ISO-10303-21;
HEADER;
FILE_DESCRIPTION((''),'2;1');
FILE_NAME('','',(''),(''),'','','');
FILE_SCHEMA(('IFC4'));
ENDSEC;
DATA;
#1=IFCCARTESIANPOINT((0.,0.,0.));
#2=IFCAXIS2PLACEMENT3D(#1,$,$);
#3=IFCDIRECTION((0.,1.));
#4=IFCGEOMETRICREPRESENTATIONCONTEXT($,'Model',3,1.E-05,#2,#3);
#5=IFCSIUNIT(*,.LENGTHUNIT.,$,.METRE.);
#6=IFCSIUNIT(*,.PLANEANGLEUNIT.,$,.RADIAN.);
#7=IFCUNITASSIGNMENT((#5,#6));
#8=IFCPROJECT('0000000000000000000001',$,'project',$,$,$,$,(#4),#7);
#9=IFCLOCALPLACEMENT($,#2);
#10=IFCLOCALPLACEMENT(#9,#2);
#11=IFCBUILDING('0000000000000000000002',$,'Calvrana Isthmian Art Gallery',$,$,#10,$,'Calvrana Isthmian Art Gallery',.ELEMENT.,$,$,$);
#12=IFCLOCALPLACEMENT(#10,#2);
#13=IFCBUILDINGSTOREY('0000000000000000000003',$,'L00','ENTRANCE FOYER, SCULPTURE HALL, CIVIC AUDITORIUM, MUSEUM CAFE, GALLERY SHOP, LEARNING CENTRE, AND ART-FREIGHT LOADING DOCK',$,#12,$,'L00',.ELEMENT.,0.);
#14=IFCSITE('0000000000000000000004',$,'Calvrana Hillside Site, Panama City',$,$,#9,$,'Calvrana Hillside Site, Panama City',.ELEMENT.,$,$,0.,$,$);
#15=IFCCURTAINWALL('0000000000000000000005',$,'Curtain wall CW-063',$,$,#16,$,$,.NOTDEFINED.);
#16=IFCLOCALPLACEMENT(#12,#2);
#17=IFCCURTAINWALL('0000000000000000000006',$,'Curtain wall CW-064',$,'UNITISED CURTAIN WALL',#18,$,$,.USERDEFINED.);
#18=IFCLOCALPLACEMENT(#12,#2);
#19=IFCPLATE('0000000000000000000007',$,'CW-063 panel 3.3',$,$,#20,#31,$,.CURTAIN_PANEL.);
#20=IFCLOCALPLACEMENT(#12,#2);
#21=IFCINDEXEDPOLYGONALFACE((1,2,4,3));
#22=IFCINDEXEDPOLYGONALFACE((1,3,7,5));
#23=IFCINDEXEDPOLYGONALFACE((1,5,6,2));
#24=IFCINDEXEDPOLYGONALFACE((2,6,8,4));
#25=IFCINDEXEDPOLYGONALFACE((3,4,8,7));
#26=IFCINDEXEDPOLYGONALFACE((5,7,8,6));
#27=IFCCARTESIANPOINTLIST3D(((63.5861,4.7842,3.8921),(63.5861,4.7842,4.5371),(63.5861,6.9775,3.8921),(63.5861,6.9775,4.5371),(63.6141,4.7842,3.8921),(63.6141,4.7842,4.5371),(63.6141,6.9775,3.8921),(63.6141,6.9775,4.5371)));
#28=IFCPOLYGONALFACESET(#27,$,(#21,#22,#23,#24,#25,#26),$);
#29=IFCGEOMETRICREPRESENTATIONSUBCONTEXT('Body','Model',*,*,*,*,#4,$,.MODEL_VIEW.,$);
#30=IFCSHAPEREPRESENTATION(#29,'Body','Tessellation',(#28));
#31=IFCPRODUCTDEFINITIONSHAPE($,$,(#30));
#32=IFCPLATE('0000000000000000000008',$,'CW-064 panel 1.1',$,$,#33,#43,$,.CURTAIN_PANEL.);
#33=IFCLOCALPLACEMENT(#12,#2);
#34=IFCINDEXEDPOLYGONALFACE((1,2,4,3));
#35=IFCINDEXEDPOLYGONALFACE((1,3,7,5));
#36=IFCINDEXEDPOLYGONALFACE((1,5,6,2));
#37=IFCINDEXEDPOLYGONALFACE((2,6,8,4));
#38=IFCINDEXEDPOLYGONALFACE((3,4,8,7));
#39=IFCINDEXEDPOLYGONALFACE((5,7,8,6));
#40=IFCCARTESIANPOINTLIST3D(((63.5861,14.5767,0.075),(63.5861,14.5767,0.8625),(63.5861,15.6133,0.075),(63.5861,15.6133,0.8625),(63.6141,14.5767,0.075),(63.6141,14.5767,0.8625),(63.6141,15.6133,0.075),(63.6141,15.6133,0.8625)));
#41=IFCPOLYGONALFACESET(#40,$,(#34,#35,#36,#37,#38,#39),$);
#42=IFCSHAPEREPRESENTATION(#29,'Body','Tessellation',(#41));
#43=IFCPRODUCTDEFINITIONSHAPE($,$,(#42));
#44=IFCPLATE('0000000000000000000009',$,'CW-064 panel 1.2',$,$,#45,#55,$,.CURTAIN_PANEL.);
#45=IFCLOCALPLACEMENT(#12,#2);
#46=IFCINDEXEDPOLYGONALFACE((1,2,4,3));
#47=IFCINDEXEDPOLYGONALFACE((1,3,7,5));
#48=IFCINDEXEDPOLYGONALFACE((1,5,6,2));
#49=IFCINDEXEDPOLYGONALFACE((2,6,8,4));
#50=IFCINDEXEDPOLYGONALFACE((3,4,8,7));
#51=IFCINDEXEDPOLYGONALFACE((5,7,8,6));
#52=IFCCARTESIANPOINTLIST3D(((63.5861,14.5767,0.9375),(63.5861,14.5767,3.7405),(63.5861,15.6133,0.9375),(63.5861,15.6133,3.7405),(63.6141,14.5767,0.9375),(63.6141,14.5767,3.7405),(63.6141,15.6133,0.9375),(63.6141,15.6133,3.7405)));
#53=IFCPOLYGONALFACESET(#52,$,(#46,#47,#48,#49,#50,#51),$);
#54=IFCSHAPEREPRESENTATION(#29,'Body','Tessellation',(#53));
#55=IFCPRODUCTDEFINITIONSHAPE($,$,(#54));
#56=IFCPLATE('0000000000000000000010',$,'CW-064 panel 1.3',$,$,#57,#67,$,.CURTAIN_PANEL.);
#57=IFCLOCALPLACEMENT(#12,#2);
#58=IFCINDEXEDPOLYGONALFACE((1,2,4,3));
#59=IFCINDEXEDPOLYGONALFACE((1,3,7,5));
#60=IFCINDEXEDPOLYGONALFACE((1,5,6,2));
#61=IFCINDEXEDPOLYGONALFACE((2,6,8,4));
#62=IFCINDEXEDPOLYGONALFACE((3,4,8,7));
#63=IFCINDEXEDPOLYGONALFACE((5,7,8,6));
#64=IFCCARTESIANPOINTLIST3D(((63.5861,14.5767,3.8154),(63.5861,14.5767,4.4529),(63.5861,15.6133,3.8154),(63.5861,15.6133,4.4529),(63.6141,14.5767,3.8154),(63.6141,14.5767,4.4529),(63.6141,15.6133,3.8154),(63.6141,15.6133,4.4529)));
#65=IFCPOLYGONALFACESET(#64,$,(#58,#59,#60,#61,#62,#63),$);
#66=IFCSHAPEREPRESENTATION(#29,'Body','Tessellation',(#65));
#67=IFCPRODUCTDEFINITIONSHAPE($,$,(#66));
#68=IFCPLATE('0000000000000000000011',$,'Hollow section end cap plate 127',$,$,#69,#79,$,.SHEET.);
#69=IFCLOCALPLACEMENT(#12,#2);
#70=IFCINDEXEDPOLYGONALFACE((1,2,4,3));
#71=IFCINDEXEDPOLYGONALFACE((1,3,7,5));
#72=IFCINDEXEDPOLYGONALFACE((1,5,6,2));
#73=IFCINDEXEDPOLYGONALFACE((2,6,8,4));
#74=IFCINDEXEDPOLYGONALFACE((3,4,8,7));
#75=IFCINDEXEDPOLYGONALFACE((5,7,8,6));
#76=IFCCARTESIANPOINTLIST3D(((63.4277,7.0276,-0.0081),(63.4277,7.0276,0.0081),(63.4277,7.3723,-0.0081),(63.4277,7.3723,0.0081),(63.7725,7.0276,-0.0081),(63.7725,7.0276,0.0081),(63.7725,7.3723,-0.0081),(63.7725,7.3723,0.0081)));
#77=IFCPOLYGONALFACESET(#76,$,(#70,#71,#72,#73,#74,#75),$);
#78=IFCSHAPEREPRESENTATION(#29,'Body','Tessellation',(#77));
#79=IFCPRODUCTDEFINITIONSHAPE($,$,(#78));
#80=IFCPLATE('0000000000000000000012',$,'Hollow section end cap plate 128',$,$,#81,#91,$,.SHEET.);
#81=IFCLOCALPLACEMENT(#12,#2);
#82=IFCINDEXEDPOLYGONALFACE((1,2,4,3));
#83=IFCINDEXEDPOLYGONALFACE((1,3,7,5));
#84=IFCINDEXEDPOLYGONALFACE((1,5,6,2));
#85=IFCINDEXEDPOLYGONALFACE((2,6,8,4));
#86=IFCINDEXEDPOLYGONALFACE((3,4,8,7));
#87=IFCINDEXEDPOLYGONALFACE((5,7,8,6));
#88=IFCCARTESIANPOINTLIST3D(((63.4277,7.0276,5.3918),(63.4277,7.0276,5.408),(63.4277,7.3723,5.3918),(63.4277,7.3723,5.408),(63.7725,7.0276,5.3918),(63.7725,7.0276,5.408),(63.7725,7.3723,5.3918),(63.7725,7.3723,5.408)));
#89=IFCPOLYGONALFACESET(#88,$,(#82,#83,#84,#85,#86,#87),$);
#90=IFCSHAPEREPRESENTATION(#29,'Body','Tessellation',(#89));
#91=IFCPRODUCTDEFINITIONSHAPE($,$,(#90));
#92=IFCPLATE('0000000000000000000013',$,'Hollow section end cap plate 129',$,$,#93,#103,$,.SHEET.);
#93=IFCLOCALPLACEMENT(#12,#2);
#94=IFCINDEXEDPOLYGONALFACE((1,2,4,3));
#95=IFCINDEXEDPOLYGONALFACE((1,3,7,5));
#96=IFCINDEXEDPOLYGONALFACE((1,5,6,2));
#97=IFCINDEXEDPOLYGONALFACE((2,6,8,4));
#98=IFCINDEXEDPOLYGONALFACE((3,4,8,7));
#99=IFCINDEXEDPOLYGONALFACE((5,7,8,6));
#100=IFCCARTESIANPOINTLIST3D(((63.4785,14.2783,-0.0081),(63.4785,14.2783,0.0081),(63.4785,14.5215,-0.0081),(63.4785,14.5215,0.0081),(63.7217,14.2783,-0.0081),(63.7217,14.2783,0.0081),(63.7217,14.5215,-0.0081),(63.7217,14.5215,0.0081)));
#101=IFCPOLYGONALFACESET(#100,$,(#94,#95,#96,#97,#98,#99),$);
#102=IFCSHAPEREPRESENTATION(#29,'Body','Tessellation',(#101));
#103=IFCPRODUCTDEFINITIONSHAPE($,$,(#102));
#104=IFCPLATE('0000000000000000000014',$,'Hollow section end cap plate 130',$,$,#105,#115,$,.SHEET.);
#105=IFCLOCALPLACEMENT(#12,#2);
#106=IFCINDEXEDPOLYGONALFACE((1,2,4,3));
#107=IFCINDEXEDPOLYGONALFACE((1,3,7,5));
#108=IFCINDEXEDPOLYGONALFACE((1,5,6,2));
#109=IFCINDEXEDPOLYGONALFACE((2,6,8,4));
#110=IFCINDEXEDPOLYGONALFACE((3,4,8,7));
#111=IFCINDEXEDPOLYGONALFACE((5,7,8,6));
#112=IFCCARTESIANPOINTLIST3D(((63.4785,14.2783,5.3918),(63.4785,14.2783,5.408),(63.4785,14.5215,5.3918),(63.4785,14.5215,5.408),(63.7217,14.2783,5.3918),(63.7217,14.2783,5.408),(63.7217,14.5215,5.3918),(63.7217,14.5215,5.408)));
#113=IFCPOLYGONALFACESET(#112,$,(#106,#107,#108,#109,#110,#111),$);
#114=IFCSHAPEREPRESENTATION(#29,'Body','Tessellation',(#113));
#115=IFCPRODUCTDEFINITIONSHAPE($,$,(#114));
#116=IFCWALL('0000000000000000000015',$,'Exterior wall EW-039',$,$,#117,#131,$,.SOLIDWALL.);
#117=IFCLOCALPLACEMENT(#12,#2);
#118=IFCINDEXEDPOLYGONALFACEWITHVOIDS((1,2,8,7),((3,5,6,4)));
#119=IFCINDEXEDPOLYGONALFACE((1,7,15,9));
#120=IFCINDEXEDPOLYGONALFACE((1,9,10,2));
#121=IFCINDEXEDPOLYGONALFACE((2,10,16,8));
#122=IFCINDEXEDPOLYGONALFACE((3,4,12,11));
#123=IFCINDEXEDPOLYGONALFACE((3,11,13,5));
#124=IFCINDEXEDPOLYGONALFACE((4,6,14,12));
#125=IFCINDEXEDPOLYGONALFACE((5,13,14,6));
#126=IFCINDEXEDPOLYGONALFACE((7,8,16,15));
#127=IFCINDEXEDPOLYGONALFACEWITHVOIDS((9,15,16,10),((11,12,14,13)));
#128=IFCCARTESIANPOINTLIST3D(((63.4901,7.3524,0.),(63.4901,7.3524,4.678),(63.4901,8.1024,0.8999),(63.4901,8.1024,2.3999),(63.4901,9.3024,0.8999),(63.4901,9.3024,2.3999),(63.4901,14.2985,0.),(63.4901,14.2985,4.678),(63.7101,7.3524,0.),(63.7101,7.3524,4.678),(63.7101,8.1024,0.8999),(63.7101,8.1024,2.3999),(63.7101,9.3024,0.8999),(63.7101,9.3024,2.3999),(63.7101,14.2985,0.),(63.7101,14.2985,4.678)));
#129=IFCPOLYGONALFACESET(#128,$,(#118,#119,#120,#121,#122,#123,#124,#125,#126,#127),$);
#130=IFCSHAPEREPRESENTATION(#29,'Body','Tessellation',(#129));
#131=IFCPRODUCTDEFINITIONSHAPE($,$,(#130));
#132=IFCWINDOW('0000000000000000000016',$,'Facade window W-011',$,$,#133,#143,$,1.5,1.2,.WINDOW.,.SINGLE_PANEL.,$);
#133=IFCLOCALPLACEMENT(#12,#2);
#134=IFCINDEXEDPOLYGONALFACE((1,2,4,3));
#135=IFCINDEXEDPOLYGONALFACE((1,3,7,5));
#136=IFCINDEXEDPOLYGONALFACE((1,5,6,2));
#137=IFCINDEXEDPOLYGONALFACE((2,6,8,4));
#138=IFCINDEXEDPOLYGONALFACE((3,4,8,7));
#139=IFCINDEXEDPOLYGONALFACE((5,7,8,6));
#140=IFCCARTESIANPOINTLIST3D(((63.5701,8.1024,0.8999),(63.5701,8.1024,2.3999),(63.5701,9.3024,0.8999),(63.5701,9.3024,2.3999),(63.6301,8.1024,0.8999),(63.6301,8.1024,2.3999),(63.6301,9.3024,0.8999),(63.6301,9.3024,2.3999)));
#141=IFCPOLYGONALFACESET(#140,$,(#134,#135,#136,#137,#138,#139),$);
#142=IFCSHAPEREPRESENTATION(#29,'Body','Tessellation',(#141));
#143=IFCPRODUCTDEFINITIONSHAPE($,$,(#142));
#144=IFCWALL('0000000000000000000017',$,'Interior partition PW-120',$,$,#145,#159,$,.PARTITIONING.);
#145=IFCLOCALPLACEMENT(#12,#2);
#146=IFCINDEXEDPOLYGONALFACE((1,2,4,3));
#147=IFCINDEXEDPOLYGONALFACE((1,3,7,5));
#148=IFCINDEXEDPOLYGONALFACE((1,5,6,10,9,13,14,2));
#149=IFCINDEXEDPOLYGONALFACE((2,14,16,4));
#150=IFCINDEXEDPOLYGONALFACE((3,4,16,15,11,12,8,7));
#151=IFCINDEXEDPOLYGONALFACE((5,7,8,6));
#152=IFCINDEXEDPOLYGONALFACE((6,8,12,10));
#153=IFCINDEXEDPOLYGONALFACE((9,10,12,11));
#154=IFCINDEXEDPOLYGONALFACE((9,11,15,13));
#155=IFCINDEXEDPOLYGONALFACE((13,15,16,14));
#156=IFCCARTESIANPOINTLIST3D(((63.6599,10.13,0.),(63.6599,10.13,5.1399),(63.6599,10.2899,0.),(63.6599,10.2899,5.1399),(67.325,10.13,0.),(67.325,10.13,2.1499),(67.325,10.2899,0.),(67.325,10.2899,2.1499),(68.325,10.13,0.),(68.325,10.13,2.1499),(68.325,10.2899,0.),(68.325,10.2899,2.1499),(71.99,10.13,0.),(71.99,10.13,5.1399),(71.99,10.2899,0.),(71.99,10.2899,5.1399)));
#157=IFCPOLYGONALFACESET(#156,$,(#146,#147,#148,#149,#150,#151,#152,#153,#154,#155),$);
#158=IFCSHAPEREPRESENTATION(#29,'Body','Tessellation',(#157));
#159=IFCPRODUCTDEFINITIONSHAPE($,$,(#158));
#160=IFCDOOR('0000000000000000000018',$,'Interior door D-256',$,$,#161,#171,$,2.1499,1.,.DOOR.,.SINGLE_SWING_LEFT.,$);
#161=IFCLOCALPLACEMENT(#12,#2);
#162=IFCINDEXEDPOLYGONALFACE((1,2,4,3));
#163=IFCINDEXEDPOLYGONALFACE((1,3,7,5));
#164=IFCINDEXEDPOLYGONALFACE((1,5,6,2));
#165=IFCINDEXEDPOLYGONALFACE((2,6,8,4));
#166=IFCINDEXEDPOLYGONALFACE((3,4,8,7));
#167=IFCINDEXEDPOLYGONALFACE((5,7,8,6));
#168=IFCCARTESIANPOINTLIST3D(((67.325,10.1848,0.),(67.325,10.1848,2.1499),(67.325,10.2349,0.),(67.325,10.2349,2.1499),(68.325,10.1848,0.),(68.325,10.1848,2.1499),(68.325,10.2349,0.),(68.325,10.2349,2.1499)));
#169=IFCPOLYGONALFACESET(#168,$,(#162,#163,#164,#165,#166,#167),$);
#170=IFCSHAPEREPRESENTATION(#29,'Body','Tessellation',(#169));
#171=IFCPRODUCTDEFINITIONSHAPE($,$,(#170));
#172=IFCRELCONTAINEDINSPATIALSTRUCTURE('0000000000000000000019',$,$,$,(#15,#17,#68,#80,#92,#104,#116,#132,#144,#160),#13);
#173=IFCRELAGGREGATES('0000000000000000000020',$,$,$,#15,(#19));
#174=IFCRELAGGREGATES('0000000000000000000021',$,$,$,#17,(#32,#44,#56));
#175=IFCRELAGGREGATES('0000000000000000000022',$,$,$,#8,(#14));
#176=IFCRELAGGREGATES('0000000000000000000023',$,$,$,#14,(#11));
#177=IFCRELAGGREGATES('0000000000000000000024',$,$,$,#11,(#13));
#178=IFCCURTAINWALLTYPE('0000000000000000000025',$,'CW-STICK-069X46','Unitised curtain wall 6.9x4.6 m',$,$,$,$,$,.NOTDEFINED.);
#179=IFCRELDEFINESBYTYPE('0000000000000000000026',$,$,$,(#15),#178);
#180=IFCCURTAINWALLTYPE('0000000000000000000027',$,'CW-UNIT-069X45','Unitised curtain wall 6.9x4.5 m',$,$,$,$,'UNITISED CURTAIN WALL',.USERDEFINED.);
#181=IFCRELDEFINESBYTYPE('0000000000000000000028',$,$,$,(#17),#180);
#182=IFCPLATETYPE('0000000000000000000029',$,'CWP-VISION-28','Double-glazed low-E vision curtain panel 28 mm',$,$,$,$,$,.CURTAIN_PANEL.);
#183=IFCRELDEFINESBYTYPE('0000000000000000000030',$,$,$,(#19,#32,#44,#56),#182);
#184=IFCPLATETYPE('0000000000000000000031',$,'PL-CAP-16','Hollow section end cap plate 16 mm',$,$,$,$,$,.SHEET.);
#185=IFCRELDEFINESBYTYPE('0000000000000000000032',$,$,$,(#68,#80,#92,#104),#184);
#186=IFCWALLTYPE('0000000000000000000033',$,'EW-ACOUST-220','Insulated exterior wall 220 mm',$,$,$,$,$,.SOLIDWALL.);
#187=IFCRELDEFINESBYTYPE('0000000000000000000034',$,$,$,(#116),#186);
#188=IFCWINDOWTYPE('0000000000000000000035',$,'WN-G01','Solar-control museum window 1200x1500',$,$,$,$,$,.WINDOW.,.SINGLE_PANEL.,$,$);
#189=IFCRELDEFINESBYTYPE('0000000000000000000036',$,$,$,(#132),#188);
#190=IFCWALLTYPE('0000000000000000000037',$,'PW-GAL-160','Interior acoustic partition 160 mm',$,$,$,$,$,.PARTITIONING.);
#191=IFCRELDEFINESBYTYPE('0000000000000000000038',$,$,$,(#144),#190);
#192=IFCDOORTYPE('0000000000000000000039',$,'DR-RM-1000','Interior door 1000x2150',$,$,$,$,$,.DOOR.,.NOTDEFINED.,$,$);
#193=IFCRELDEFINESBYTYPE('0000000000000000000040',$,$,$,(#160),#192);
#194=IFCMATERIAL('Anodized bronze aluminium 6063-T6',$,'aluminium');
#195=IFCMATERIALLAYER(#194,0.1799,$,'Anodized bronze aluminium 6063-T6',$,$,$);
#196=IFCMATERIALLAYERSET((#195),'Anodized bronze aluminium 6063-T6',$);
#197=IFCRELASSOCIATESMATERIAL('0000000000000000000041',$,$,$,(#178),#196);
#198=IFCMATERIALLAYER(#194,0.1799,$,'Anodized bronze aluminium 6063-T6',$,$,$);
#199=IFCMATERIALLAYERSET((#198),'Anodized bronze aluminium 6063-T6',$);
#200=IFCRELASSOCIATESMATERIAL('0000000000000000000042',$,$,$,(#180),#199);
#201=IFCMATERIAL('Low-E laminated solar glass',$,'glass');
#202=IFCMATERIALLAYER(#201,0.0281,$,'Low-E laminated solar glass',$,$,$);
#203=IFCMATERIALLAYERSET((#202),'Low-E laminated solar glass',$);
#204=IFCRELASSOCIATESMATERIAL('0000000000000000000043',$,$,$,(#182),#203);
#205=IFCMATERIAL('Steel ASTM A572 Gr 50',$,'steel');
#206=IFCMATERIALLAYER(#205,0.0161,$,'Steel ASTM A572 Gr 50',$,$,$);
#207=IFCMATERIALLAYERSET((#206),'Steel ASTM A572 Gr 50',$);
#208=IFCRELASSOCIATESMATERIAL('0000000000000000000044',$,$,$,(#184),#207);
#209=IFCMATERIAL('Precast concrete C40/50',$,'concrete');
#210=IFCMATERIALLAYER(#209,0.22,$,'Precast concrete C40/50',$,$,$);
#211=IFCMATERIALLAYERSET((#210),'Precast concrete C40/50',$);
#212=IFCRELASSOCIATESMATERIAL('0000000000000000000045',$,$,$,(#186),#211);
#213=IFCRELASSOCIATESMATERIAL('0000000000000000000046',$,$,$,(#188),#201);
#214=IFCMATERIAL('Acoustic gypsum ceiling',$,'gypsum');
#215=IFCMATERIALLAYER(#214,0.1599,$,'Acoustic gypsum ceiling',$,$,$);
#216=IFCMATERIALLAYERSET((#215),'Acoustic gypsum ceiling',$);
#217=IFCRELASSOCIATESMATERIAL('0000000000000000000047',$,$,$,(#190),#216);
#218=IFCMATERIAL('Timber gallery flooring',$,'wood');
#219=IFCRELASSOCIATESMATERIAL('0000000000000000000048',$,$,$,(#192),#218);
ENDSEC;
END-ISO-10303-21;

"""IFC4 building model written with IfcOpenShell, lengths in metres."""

from ifc_helpers import new_model, si_unit, direction, frame, frame_2d, origin, origin_2d, place, context, subcontext, project, spatial, rectangle, extrude, material, layer, layer_set, type_object, element, fill, aggregate, save


model = new_model("IFC4")

# Units and contexts
model_context = context("Model", 3, precision=1e-05, world=origin(), true_north=direction((0.0, 1.0)))
body_context = subcontext(model_context, "Body", "Model", "MODEL_VIEW")
ifc_project = project(units=[si_unit("LENGTHUNIT", "METRE"), si_unit("PLANEANGLEUNIT", "RADIAN")], contexts=[model_context])

# Site, building, storey
site_placement = place(None, origin())
site = spatial("IfcSite", under=ifc_project, at=site_placement, Name="Calvrana Hillside Site, Panama City", LongName="Calvrana Hillside Site, Panama City", CompositionType="ELEMENT", RefElevation=0.0)
building_placement = place(site_placement, origin())
building = spatial("IfcBuilding", under=site, at=building_placement, Name="Calvrana Isthmian Art Gallery", LongName="Calvrana Isthmian Art Gallery", CompositionType="ELEMENT")
storey_placement = place(building_placement, origin())
storey = spatial("IfcBuildingStorey", under=building, at=storey_placement, Name="L00", Description="ENTRANCE FOYER, SCULPTURE HALL, CIVIC AUDITORIUM, MUSEUM CAFE, GALLERY SHOP, LEARNING CENTRE, AND ART-FREIGHT LOADING DOCK", LongName="L00", CompositionType="ELEMENT", Elevation=0.0)

# Curtain walls
ifc_material_1 = material(Name="Anodized bronze aluminium 6063-T6", Category="aluminium")
ifc_layer_1 = layer(ifc_material_1, 0.1799, Name="Anodized bronze aluminium 6063-T6")
ifc_layer_set_1 = layer_set([ifc_layer_1], Name="Anodized bronze aluminium 6063-T6")
curtain_wall_type_1 = type_object("IfcCurtainWallType", Name="CW-STICK-069X46", Description="Unitised curtain wall 6.9x4.6 m", PredefinedType="NOTDEFINED", material=ifc_layer_set_1)
curtain_wall_1_placement = place(storey_placement, origin())
curtain_wall_1 = element("IfcCurtainWall", 1, at=curtain_wall_1_placement, inside=storey, type_object=curtain_wall_type_1, Name="Curtain wall CW-063", PredefinedType="NOTDEFINED")
ifc_layer_2 = layer(ifc_material_1, 0.1799, Name="Anodized bronze aluminium 6063-T6")
ifc_layer_set_2 = layer_set([ifc_layer_2], Name="Anodized bronze aluminium 6063-T6")
curtain_wall_type_2 = type_object("IfcCurtainWallType", Name="CW-UNIT-069X45", Description="Unitised curtain wall 6.9x4.5 m", ElementType="UNITISED CURTAIN WALL", PredefinedType="USERDEFINED", material=ifc_layer_set_2)
curtain_wall_2_placement = place(storey_placement, origin())
curtain_wall_2 = element("IfcCurtainWall", 2, at=curtain_wall_2_placement, inside=storey, type_object=curtain_wall_type_2, Name="Curtain wall CW-064", ObjectType="UNITISED CURTAIN WALL", PredefinedType="USERDEFINED")

# Plates
ifc_material_2 = material(Name="Low-E laminated solar glass", Category="glass")
ifc_layer_3 = layer(ifc_material_2, 0.0281, Name="Low-E laminated solar glass")
ifc_layer_set_3 = layer_set([ifc_layer_3], Name="Low-E laminated solar glass")
plate_type_1 = type_object("IfcPlateType", Name="CWP-VISION-28", Description="Double-glazed low-E vision curtain panel 28 mm", PredefinedType="CURTAIN_PANEL", material=ifc_layer_set_3)
plate_1_placement = place(storey_placement, frame((63.6001, 5.8809, 3.8921), z_axis=(0.0, 0.0, 1.0), x_axis=(0.0, 1.0, 0.0)))
plate_1 = element("IfcPlate", 3, at=plate_1_placement, type_object=plate_type_1, Name="CW-063 panel 3.3", PredefinedType="CURTAIN_PANEL", context=body_context, shape_type="SweptSolid", body=[
    extrude(rectangle(XDim=2.1934, YDim=0.0281, at=origin_2d()), origin(), (0.0, 0.0, 1.0), 0.645),
])
aggregate(curtain_wall_1, [plate_1])
plate_2_placement = place(storey_placement, frame((63.6001, 15.095, 0.075), z_axis=(0.0, 0.0, 1.0), x_axis=(0.0, 1.0, 0.0)))
plate_2 = element("IfcPlate", 4, at=plate_2_placement, type_object=plate_type_1, Name="CW-064 panel 1.1", PredefinedType="CURTAIN_PANEL", context=body_context, shape_type="SweptSolid", body=[
    extrude(rectangle(XDim=1.0366, YDim=0.0281, at=origin_2d()), origin(), (0.0, 0.0, 1.0), 0.7876),
])
plate_3_placement = place(storey_placement, frame((63.6001, 15.095, 0.9375), z_axis=(0.0, 0.0, 1.0), x_axis=(0.0, 1.0, 0.0)))
plate_3 = element("IfcPlate", 5, at=plate_3_placement, type_object=plate_type_1, Name="CW-064 panel 1.2", PredefinedType="CURTAIN_PANEL", context=body_context, shape_type="SweptSolid", body=[
    extrude(rectangle(XDim=1.0366, YDim=0.0281, at=origin_2d()), origin(), (0.0, 0.0, 1.0), 2.803),
])
plate_4_placement = place(storey_placement, frame((63.6001, 15.095, 3.8154), z_axis=(0.0, 0.0, 1.0), x_axis=(0.0, 1.0, 0.0)))
plate_4 = element("IfcPlate", 6, at=plate_4_placement, type_object=plate_type_1, Name="CW-064 panel 1.3", PredefinedType="CURTAIN_PANEL", context=body_context, shape_type="SweptSolid", body=[
    extrude(rectangle(XDim=1.0366, YDim=0.0281, at=origin_2d()), origin(), (0.0, 0.0, 1.0), 0.6375),
])
aggregate(curtain_wall_2, [plate_2, plate_3, plate_4])

# Plates
ifc_material_3 = material(Name="Steel ASTM A572 Gr 50", Category="steel")
ifc_layer_4 = layer(ifc_material_3, 0.0161, Name="Steel ASTM A572 Gr 50")
ifc_layer_set_4 = layer_set([ifc_layer_4], Name="Steel ASTM A572 Gr 50")
plate_type_2 = type_object("IfcPlateType", Name="PL-CAP-16", Description="Hollow section end cap plate 16 mm", PredefinedType="SHEET", material=ifc_layer_set_4)
for number, where, z_axis, x_axis, name in (
    (7, (63.6001, 7.2, -0.0081), (0.0, 0.0, 1.0), (1.0, 0.0, 0.0), "Hollow section end cap plate 127"),
    (8, (63.6001, 7.2, 5.3918), (0.0, 0.0, 1.0), (1.0, 0.0, 0.0), "Hollow section end cap plate 128"),
):
    element("IfcPlate", number, at=place(storey_placement, frame(where, z_axis=z_axis, x_axis=x_axis)), inside=storey, type_object=plate_type_2, Name=name, PredefinedType="SHEET", context=body_context, shape_type="SweptSolid", body=[
        extrude(rectangle(XDim=0.3447, YDim=0.3447, at=origin_2d()), origin(), (0.0, 0.0, 1.0), 0.0161),
    ])
for number, where, z_axis, x_axis, name in (
    (9, (63.6001, 14.3999, -0.0081), (0.0, 0.0, 1.0), (1.0, 0.0, 0.0), "Hollow section end cap plate 129"),
    (10, (63.6001, 14.3999, 5.3918), (0.0, 0.0, 1.0), (1.0, 0.0, 0.0), "Hollow section end cap plate 130"),
):
    element("IfcPlate", number, at=place(storey_placement, frame(where, z_axis=z_axis, x_axis=x_axis)), inside=storey, type_object=plate_type_2, Name=name, PredefinedType="SHEET", context=body_context, shape_type="SweptSolid", body=[
        extrude(rectangle(XDim=0.2432, YDim=0.2432, at=origin_2d()), origin(), (0.0, 0.0, 1.0), 0.0161),
    ])

# Wall, opening, window
ifc_material_4 = material(Name="Precast concrete C40/50", Category="concrete")
ifc_layer_5 = layer(ifc_material_4, 0.22, Name="Precast concrete C40/50")
ifc_layer_set_5 = layer_set([ifc_layer_5], Name="Precast concrete C40/50")
wall_type_1 = type_object("IfcWallType", Name="EW-ACOUST-220", Description="Insulated exterior wall 220 mm", PredefinedType="SOLIDWALL", material=ifc_layer_set_5)
wall_1_placement = place(storey_placement, frame((63.6001, 7.3523, 0.0), z_axis=(0.0, 0.0, 1.0), x_axis=(0.0, 1.0, 0.0)))
wall_1 = element("IfcWall", 11, at=wall_1_placement, inside=storey, type_object=wall_type_1, Name="Exterior wall EW-039", PredefinedType="SOLIDWALL", context=body_context, shape_type="SweptSolid", body=[
    extrude(rectangle(XDim=6.946, YDim=0.22, at=frame_2d((3.4731, 0.0))), origin(), (0.0, 0.0, 1.0), 4.678),
])
opening_1_placement = place(wall_1_placement, frame((0.75, 0.0, 0.8999)))
opening_1 = element("IfcOpeningElement", 12, at=opening_1_placement, cuts=wall_1, PredefinedType="OPENING", context=body_context, shape_type="SweptSolid", body=[
    extrude(rectangle(XDim=1.2, YDim=1.5, at=frame_2d((0.6001, 0.75))), frame((0.0, 0.1201, 0.0), z_axis=(0.0, -1.0, 0.0), x_axis=(1.0, 0.0, 0.0)), (0.0, 0.0, 1.0), 0.2405),
])
window_type = type_object("IfcWindowType", Name="WN-G01", Description="Solar-control museum window 1200x1500", PartitioningType="SINGLE_PANEL", PredefinedType="WINDOW", material=ifc_material_2)
window_placement = place(opening_1_placement, origin())
window = element("IfcWindow", 13, at=window_placement, inside=storey, type_object=window_type, Name="Facade window W-011", OverallHeight=1.5, OverallWidth=1.2, PartitioningType="SINGLE_PANEL", PredefinedType="WINDOW", context=body_context, shape_type="SweptSolid", body=[
    extrude(rectangle(XDim=1.2, YDim=1.5, at=frame_2d((0.6001, 0.75))), frame((0.0, 0.03, 0.0), z_axis=(0.0, -1.0, 0.0), x_axis=(1.0, 0.0, 0.0)), (0.0, 0.0, 1.0), 0.0601),
])
fill(opening_1, window)

# Wall, opening, door
ifc_material_5 = material(Name="Acoustic gypsum ceiling", Category="gypsum")
ifc_layer_6 = layer(ifc_material_5, 0.1599, Name="Acoustic gypsum ceiling")
ifc_layer_set_6 = layer_set([ifc_layer_6], Name="Acoustic gypsum ceiling")
wall_type_2 = type_object("IfcWallType", Name="PW-GAL-160", Description="Interior acoustic partition 160 mm", PredefinedType="PARTITIONING", material=ifc_layer_set_6)
wall_2_placement = place(storey_placement, frame((63.6599, 10.21, 0.0), z_axis=(0.0, 0.0, 1.0), x_axis=(1.0, 0.0, 0.0)))
wall_2 = element("IfcWall", 14, at=wall_2_placement, inside=storey, type_object=wall_type_2, Name="Interior partition PW-120", PredefinedType="PARTITIONING", context=body_context, shape_type="SweptSolid", body=[
    extrude(rectangle(XDim=8.3301, YDim=0.1599, at=frame_2d((4.165, 0.0))), origin(), (0.0, 0.0, 1.0), 5.1399),
])
opening_2_placement = place(wall_2_placement, frame((3.665, 0.0, 0.0)))
opening_2 = element("IfcOpeningElement", 15, at=opening_2_placement, cuts=wall_2, PredefinedType="OPENING", context=body_context, shape_type="SweptSolid", body=[
    extrude(rectangle(XDim=1.0, YDim=2.1499, at=frame_2d((0.5, 1.075))), frame((0.0, 0.0903, 0.0), z_axis=(0.0, -1.0, 0.0), x_axis=(1.0, 0.0, 0.0)), (0.0, 0.0, 1.0), 0.1804),
])
ifc_material_6 = material(Name="Timber gallery flooring", Category="wood")
door_type = type_object("IfcDoorType", Name="DR-RM-1000", Description="Interior door 1000x2150", OperationType="NOTDEFINED", PredefinedType="DOOR", material=ifc_material_6)
door_placement = place(opening_2_placement, origin())
door = element("IfcDoor", 16, at=door_placement, inside=storey, type_object=door_type, Name="Interior door D-256", OperationType="SINGLE_SWING_LEFT", OverallHeight=2.1499, OverallWidth=1.0, PredefinedType="DOOR", context=body_context, shape_type="SweptSolid", body=[
    extrude(rectangle(XDim=1.0, YDim=2.1499, at=frame_2d((0.5, 1.075))), frame((0.0, 0.0249, 0.0), z_axis=(0.0, -1.0, 0.0), x_axis=(1.0, 0.0, 0.0)), (0.0, 0.0, 1.0), 0.05),
])
fill(opening_2, door)

save(model, "model.ifc")
